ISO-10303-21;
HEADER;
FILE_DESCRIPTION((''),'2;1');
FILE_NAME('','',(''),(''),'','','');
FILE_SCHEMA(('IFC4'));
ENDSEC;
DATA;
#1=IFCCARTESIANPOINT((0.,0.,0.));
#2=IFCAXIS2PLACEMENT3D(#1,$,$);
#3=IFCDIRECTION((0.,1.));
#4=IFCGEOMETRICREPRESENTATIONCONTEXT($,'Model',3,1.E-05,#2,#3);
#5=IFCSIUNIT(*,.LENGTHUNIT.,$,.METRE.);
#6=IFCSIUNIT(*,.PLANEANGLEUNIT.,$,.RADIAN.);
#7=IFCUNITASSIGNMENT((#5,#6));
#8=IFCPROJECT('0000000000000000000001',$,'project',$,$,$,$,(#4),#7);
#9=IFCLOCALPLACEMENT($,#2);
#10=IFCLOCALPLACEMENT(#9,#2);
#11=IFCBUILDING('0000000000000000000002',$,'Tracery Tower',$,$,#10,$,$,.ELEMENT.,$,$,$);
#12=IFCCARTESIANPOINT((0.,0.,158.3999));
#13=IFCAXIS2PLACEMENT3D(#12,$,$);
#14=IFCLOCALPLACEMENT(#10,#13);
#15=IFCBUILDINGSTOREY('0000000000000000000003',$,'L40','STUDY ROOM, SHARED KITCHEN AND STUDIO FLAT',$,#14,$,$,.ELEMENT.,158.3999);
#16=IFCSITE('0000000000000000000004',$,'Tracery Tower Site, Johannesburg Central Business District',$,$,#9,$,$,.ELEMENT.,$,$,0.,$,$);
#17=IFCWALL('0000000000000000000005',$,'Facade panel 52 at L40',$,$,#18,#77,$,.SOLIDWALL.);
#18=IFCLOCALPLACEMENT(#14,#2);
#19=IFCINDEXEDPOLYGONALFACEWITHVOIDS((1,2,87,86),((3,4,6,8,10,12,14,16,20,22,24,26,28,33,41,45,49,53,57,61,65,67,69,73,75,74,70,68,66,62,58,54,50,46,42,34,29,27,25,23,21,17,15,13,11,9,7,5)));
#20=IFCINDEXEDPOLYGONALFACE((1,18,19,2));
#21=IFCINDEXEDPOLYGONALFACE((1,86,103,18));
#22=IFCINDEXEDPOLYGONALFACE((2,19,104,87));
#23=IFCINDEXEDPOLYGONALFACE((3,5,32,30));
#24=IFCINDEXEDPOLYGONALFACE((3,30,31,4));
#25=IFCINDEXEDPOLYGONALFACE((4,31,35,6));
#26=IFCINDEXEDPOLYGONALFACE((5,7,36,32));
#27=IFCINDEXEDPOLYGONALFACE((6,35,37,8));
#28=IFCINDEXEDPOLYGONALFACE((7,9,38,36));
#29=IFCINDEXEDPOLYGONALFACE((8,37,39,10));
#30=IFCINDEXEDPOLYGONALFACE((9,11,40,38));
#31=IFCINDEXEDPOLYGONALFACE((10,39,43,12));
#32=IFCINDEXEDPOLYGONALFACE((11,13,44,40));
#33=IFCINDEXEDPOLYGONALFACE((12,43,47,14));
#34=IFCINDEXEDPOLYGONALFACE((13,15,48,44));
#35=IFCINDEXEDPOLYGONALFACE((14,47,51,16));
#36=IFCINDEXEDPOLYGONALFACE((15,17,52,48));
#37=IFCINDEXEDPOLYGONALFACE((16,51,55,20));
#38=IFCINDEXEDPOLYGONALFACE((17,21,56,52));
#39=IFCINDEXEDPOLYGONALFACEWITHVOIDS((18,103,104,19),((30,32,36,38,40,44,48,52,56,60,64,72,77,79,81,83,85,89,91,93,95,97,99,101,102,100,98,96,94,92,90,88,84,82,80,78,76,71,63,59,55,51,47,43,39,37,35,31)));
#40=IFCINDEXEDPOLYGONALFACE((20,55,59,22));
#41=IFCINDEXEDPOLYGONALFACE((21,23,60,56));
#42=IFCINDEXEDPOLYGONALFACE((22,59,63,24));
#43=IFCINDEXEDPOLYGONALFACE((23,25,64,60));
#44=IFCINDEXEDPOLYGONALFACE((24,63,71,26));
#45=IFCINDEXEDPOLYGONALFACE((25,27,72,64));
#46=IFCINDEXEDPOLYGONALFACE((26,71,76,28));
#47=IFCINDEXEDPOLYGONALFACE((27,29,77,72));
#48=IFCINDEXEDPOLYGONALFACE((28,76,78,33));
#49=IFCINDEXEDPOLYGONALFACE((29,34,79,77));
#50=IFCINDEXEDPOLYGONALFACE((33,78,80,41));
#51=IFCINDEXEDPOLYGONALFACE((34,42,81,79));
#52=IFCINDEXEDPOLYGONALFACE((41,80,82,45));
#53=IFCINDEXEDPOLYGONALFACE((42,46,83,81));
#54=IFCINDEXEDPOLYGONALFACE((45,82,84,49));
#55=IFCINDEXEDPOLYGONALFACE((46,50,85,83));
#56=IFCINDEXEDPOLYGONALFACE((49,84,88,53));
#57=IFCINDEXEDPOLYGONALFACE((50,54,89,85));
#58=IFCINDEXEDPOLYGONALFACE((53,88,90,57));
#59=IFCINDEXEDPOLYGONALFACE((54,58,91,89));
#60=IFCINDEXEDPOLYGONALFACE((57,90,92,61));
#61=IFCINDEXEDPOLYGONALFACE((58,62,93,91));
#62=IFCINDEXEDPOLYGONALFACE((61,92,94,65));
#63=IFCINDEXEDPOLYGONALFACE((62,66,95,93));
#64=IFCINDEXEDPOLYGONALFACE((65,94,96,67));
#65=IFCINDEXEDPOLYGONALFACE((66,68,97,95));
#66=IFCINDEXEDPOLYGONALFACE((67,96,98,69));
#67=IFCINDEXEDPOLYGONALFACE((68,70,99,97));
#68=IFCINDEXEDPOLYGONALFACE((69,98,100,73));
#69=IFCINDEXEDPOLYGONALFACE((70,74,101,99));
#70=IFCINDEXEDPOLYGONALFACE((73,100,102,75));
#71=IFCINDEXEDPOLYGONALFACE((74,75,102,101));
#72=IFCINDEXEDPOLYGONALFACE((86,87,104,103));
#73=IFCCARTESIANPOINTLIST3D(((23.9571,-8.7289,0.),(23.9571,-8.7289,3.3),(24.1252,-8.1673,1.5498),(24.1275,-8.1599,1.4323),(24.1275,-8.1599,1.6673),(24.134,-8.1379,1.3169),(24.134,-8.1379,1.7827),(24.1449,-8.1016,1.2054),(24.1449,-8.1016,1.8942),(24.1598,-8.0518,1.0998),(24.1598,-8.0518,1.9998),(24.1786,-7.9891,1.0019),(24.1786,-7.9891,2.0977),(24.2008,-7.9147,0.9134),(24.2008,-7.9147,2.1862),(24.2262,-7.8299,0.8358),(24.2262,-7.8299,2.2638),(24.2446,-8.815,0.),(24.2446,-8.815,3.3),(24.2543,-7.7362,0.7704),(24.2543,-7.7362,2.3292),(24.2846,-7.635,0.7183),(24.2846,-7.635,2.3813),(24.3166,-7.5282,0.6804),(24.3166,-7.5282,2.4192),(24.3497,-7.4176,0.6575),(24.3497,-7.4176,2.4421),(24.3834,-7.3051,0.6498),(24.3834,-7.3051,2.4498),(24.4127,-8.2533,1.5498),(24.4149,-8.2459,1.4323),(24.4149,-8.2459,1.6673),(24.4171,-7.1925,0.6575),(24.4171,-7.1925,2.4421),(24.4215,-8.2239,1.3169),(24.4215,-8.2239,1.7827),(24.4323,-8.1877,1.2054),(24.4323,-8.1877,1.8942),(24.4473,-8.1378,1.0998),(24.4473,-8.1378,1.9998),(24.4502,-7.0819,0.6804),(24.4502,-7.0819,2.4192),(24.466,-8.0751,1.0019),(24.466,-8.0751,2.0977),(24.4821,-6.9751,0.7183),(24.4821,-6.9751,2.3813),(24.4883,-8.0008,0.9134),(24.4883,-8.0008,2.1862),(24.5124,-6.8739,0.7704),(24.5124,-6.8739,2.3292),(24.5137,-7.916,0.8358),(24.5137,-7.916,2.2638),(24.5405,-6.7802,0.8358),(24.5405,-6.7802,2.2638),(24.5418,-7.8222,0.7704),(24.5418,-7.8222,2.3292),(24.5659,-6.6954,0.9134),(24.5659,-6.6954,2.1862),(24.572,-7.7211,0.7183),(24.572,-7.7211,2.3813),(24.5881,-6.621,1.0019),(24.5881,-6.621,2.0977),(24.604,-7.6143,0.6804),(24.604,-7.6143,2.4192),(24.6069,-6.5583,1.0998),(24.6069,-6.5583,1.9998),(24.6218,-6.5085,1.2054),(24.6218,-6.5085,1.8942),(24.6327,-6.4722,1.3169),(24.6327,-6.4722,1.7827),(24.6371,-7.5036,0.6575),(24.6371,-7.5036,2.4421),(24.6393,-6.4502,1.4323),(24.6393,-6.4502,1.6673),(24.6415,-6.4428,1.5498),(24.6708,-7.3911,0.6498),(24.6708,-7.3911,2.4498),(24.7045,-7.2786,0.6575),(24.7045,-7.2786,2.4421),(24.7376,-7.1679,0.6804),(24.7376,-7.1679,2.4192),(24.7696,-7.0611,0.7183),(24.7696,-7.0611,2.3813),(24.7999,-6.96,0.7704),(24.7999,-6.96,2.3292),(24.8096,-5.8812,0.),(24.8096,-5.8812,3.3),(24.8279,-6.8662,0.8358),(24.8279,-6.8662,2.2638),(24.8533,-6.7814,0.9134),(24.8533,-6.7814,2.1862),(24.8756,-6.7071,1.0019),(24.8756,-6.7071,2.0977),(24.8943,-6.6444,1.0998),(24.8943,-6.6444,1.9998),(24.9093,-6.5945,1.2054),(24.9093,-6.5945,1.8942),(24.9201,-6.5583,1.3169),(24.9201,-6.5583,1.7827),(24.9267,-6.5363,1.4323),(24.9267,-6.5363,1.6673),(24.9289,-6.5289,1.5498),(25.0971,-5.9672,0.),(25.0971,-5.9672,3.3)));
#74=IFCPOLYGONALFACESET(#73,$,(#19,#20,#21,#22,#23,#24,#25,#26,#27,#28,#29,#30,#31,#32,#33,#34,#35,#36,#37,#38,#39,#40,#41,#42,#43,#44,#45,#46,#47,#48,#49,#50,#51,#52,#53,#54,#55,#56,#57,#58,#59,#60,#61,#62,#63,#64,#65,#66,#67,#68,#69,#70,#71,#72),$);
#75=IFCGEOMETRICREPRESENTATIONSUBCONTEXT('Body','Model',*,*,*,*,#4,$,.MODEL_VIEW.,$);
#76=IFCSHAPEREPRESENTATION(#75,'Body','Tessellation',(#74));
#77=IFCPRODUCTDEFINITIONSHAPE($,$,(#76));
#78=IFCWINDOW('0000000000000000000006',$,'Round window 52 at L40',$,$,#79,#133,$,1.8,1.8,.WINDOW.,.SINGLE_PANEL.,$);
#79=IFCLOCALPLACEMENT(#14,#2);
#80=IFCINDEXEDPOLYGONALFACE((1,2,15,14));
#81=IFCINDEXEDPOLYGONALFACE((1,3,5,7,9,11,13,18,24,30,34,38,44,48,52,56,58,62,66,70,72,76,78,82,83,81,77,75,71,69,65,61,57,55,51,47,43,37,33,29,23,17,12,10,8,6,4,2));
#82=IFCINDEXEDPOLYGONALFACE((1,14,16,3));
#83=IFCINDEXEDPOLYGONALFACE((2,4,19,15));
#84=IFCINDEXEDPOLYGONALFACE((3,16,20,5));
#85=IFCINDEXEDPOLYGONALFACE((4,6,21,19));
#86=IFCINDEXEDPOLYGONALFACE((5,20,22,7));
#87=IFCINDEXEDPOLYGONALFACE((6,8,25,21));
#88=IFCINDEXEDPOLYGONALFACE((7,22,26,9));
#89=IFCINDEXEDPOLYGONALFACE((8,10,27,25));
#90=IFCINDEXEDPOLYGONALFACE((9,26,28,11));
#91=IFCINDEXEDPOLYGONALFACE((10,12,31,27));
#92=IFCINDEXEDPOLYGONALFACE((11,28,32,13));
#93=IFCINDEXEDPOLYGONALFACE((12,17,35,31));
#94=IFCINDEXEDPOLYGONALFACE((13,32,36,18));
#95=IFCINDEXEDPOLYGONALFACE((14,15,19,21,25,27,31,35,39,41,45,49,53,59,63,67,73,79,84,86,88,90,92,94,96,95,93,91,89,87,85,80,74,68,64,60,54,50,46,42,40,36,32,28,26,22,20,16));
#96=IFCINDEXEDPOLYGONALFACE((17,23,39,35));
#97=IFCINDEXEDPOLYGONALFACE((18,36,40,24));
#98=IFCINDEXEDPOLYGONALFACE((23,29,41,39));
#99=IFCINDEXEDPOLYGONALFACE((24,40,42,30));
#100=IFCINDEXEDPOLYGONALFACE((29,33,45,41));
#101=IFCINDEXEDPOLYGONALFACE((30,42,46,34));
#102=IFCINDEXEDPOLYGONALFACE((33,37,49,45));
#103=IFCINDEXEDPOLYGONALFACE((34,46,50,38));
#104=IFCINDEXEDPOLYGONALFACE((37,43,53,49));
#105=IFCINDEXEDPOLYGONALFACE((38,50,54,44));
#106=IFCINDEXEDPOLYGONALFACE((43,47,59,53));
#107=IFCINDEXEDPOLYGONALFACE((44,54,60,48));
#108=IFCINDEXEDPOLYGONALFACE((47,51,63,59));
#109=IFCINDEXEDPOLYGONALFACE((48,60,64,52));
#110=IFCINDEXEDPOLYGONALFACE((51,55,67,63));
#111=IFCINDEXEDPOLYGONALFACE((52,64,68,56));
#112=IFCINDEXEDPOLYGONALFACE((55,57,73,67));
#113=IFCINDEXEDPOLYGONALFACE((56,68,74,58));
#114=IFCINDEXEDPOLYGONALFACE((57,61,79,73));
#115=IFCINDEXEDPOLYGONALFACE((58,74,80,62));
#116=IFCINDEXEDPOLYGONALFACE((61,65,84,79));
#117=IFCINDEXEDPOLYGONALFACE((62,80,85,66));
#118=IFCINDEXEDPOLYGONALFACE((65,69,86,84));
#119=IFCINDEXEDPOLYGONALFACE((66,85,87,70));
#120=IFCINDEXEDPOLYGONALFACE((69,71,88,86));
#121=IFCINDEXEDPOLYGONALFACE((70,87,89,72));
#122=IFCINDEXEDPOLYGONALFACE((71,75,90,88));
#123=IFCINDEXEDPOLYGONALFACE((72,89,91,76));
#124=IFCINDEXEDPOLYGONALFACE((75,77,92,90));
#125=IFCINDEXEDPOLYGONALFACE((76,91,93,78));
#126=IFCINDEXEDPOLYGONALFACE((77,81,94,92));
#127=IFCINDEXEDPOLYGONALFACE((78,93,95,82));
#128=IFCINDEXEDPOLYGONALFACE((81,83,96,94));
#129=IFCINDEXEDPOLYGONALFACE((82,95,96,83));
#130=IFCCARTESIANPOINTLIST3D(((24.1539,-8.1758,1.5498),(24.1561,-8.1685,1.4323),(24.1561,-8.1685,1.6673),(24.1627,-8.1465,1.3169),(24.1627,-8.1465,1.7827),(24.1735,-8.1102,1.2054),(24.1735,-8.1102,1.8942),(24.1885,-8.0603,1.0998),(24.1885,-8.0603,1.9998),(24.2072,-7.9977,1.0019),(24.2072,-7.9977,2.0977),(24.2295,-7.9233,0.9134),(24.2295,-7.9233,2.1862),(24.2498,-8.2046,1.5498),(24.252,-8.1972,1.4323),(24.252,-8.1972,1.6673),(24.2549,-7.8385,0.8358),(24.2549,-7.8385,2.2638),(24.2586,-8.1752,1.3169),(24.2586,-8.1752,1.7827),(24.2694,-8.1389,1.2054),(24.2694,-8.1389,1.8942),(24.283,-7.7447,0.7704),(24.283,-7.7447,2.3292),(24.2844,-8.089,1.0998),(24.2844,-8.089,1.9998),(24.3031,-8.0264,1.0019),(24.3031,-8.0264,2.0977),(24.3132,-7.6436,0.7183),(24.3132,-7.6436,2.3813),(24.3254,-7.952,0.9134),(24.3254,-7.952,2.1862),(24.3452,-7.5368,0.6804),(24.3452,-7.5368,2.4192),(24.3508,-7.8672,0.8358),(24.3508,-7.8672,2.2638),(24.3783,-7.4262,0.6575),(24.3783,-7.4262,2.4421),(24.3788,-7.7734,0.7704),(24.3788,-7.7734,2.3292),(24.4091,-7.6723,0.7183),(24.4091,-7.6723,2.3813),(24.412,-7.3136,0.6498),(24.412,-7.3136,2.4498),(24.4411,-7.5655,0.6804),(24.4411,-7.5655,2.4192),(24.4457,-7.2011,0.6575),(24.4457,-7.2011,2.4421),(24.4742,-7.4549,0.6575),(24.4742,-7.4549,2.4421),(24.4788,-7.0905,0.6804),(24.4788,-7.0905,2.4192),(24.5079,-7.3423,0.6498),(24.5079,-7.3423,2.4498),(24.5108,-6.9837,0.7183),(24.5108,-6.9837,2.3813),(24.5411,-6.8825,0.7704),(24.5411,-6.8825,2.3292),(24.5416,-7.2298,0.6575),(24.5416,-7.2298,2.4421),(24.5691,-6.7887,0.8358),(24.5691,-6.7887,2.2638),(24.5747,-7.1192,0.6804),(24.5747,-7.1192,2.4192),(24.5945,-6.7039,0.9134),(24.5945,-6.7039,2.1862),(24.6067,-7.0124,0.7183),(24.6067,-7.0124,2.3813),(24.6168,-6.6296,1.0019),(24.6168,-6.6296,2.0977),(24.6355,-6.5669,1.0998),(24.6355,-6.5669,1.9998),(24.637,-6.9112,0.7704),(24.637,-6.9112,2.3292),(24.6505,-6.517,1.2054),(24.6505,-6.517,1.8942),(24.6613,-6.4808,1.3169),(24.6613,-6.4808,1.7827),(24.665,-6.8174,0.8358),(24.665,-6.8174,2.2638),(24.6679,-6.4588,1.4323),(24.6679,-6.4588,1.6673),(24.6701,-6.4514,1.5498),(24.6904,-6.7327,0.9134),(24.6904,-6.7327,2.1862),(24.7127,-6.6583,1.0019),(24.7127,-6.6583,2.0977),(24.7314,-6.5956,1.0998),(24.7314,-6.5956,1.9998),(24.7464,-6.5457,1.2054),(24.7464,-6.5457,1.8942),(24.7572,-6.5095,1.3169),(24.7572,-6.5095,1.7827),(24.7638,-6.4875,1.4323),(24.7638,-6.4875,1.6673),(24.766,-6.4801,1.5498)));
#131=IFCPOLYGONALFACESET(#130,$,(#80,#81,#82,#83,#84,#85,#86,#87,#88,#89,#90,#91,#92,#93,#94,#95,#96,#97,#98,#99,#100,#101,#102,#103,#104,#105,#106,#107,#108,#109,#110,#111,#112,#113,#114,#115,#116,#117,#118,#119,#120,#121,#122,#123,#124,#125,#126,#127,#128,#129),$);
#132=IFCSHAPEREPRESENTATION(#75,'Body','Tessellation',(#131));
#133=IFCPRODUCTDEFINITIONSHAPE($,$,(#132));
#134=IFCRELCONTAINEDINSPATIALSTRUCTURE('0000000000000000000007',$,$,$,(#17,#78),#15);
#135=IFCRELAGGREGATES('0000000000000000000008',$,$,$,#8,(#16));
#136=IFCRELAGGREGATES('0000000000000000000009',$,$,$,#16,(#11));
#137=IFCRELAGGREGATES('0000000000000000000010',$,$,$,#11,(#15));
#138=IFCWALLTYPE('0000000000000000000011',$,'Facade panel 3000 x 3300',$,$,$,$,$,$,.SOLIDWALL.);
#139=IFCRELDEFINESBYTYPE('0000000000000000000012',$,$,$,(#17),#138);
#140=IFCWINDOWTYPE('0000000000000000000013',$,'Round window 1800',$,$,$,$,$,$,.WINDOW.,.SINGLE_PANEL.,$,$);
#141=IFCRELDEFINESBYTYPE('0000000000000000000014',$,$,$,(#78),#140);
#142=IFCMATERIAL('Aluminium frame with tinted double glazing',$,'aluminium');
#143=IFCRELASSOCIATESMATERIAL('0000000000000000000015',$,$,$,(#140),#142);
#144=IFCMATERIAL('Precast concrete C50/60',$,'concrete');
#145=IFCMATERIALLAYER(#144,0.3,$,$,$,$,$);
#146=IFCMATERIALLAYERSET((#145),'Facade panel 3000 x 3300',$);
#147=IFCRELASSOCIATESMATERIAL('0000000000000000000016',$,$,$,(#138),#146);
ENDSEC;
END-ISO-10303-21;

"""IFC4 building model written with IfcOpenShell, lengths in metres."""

from ifc_helpers import new_model, si_unit, direction, frame, frame_2d, origin, origin_2d, place, context, subcontext, project, spatial, rectangle, circle, extrude, material, layer, layer_set, type_object, element, fill, save


model = new_model("IFC4")

# Units and contexts
model_context = context("Model", 3, precision=1e-05, world=origin(), true_north=direction((0.0, 1.0)))
body_context = subcontext(model_context, "Body", "Model", "MODEL_VIEW")
ifc_project = project(units=[si_unit("LENGTHUNIT", "METRE"), si_unit("PLANEANGLEUNIT", "RADIAN")], contexts=[model_context])

# Site, building, storey
site_placement = place(None, origin())
site = spatial("IfcSite", under=ifc_project, at=site_placement, Name="Tracery Tower Site, Johannesburg Central Business District", CompositionType="ELEMENT", RefElevation=0.0)
building_placement = place(site_placement, origin())
building = spatial("IfcBuilding", under=site, at=building_placement, Name="Tracery Tower", CompositionType="ELEMENT")
storey_placement = place(building_placement, frame((0.0, 0.0, 158.3999)))
storey = spatial("IfcBuildingStorey", under=building, at=storey_placement, Name="L40", Description="STUDY ROOM, SHARED KITCHEN AND STUDIO FLAT", CompositionType="ELEMENT", Elevation=158.3999)

# Wall, opening, window
ifc_material_1 = material(Name="Aluminium frame with tinted double glazing", Category="aluminium")
window_type = type_object("IfcWindowType", Name="Round window 1800", PartitioningType="SINGLE_PANEL", PredefinedType="WINDOW", material=ifc_material_1)
ifc_material_2 = material(Name="Precast concrete C50/60", Category="concrete")
ifc_layer_1 = layer(ifc_material_2, 0.3)
ifc_layer_set_1 = layer_set([ifc_layer_1], Name="Facade panel 3000 x 3300")
wall_type_1 = type_object("IfcWallType", Name="Facade panel 3000 x 3300", PredefinedType="SOLIDWALL", material=ifc_layer_set_1)
wall_1_placement = place(storey_placement, frame((24.1008, -8.772, 0.0), z_axis=(0.0, 0.0, 1.0), x_axis=(0.286783, 0.957996, 0.0)))
wall_1 = element("IfcWall", 1, at=wall_1_placement, inside=storey, type_object=wall_type_1, Name="Facade panel 52 at L40", PredefinedType="SOLIDWALL", context=body_context, shape_type="SweptSolid", body=[
    extrude(rectangle(XDim=2.9727, YDim=0.3, at=frame_2d((1.4863, 0.0))), origin(), (0.0, 0.0, 1.0), 3.3),
])
opening_1_placement = place(wall_1_placement, frame((1.4863, 0.0, 1.5498)))
opening_1 = element("IfcOpeningElement", 2, at=opening_1_placement, cuts=wall_1, PredefinedType="OPENING", context=body_context, shape_type="SweptSolid", body=[
    extrude(circle(Radius=0.9, at=origin_2d()), frame((0.0, 0.1599, 0.0), z_axis=(0.0, -1.0, 0.0), x_axis=(1.0, 0.0, 0.0)), (0.0, 0.0, 1.0), 0.3201),
])
window_1_placement = place(opening_1_placement, origin())
window_1 = element("IfcWindow", 3, at=window_1_placement, inside=storey, type_object=window_type, Name="Round window 52 at L40", OverallHeight=1.8, OverallWidth=1.8, PartitioningType="SINGLE_PANEL", PredefinedType="WINDOW", context=body_context, shape_type="SweptSolid", body=[
    extrude(circle(Radius=0.9, at=origin_2d()), frame((0.0, 0.1201, 0.0), z_axis=(0.0, -1.0, 0.0), x_axis=(1.0, 0.0, 0.0)), (0.0, 0.0, 1.0), 0.1001),
])
fill(opening_1, window_1)

save(model, "model.ifc")
